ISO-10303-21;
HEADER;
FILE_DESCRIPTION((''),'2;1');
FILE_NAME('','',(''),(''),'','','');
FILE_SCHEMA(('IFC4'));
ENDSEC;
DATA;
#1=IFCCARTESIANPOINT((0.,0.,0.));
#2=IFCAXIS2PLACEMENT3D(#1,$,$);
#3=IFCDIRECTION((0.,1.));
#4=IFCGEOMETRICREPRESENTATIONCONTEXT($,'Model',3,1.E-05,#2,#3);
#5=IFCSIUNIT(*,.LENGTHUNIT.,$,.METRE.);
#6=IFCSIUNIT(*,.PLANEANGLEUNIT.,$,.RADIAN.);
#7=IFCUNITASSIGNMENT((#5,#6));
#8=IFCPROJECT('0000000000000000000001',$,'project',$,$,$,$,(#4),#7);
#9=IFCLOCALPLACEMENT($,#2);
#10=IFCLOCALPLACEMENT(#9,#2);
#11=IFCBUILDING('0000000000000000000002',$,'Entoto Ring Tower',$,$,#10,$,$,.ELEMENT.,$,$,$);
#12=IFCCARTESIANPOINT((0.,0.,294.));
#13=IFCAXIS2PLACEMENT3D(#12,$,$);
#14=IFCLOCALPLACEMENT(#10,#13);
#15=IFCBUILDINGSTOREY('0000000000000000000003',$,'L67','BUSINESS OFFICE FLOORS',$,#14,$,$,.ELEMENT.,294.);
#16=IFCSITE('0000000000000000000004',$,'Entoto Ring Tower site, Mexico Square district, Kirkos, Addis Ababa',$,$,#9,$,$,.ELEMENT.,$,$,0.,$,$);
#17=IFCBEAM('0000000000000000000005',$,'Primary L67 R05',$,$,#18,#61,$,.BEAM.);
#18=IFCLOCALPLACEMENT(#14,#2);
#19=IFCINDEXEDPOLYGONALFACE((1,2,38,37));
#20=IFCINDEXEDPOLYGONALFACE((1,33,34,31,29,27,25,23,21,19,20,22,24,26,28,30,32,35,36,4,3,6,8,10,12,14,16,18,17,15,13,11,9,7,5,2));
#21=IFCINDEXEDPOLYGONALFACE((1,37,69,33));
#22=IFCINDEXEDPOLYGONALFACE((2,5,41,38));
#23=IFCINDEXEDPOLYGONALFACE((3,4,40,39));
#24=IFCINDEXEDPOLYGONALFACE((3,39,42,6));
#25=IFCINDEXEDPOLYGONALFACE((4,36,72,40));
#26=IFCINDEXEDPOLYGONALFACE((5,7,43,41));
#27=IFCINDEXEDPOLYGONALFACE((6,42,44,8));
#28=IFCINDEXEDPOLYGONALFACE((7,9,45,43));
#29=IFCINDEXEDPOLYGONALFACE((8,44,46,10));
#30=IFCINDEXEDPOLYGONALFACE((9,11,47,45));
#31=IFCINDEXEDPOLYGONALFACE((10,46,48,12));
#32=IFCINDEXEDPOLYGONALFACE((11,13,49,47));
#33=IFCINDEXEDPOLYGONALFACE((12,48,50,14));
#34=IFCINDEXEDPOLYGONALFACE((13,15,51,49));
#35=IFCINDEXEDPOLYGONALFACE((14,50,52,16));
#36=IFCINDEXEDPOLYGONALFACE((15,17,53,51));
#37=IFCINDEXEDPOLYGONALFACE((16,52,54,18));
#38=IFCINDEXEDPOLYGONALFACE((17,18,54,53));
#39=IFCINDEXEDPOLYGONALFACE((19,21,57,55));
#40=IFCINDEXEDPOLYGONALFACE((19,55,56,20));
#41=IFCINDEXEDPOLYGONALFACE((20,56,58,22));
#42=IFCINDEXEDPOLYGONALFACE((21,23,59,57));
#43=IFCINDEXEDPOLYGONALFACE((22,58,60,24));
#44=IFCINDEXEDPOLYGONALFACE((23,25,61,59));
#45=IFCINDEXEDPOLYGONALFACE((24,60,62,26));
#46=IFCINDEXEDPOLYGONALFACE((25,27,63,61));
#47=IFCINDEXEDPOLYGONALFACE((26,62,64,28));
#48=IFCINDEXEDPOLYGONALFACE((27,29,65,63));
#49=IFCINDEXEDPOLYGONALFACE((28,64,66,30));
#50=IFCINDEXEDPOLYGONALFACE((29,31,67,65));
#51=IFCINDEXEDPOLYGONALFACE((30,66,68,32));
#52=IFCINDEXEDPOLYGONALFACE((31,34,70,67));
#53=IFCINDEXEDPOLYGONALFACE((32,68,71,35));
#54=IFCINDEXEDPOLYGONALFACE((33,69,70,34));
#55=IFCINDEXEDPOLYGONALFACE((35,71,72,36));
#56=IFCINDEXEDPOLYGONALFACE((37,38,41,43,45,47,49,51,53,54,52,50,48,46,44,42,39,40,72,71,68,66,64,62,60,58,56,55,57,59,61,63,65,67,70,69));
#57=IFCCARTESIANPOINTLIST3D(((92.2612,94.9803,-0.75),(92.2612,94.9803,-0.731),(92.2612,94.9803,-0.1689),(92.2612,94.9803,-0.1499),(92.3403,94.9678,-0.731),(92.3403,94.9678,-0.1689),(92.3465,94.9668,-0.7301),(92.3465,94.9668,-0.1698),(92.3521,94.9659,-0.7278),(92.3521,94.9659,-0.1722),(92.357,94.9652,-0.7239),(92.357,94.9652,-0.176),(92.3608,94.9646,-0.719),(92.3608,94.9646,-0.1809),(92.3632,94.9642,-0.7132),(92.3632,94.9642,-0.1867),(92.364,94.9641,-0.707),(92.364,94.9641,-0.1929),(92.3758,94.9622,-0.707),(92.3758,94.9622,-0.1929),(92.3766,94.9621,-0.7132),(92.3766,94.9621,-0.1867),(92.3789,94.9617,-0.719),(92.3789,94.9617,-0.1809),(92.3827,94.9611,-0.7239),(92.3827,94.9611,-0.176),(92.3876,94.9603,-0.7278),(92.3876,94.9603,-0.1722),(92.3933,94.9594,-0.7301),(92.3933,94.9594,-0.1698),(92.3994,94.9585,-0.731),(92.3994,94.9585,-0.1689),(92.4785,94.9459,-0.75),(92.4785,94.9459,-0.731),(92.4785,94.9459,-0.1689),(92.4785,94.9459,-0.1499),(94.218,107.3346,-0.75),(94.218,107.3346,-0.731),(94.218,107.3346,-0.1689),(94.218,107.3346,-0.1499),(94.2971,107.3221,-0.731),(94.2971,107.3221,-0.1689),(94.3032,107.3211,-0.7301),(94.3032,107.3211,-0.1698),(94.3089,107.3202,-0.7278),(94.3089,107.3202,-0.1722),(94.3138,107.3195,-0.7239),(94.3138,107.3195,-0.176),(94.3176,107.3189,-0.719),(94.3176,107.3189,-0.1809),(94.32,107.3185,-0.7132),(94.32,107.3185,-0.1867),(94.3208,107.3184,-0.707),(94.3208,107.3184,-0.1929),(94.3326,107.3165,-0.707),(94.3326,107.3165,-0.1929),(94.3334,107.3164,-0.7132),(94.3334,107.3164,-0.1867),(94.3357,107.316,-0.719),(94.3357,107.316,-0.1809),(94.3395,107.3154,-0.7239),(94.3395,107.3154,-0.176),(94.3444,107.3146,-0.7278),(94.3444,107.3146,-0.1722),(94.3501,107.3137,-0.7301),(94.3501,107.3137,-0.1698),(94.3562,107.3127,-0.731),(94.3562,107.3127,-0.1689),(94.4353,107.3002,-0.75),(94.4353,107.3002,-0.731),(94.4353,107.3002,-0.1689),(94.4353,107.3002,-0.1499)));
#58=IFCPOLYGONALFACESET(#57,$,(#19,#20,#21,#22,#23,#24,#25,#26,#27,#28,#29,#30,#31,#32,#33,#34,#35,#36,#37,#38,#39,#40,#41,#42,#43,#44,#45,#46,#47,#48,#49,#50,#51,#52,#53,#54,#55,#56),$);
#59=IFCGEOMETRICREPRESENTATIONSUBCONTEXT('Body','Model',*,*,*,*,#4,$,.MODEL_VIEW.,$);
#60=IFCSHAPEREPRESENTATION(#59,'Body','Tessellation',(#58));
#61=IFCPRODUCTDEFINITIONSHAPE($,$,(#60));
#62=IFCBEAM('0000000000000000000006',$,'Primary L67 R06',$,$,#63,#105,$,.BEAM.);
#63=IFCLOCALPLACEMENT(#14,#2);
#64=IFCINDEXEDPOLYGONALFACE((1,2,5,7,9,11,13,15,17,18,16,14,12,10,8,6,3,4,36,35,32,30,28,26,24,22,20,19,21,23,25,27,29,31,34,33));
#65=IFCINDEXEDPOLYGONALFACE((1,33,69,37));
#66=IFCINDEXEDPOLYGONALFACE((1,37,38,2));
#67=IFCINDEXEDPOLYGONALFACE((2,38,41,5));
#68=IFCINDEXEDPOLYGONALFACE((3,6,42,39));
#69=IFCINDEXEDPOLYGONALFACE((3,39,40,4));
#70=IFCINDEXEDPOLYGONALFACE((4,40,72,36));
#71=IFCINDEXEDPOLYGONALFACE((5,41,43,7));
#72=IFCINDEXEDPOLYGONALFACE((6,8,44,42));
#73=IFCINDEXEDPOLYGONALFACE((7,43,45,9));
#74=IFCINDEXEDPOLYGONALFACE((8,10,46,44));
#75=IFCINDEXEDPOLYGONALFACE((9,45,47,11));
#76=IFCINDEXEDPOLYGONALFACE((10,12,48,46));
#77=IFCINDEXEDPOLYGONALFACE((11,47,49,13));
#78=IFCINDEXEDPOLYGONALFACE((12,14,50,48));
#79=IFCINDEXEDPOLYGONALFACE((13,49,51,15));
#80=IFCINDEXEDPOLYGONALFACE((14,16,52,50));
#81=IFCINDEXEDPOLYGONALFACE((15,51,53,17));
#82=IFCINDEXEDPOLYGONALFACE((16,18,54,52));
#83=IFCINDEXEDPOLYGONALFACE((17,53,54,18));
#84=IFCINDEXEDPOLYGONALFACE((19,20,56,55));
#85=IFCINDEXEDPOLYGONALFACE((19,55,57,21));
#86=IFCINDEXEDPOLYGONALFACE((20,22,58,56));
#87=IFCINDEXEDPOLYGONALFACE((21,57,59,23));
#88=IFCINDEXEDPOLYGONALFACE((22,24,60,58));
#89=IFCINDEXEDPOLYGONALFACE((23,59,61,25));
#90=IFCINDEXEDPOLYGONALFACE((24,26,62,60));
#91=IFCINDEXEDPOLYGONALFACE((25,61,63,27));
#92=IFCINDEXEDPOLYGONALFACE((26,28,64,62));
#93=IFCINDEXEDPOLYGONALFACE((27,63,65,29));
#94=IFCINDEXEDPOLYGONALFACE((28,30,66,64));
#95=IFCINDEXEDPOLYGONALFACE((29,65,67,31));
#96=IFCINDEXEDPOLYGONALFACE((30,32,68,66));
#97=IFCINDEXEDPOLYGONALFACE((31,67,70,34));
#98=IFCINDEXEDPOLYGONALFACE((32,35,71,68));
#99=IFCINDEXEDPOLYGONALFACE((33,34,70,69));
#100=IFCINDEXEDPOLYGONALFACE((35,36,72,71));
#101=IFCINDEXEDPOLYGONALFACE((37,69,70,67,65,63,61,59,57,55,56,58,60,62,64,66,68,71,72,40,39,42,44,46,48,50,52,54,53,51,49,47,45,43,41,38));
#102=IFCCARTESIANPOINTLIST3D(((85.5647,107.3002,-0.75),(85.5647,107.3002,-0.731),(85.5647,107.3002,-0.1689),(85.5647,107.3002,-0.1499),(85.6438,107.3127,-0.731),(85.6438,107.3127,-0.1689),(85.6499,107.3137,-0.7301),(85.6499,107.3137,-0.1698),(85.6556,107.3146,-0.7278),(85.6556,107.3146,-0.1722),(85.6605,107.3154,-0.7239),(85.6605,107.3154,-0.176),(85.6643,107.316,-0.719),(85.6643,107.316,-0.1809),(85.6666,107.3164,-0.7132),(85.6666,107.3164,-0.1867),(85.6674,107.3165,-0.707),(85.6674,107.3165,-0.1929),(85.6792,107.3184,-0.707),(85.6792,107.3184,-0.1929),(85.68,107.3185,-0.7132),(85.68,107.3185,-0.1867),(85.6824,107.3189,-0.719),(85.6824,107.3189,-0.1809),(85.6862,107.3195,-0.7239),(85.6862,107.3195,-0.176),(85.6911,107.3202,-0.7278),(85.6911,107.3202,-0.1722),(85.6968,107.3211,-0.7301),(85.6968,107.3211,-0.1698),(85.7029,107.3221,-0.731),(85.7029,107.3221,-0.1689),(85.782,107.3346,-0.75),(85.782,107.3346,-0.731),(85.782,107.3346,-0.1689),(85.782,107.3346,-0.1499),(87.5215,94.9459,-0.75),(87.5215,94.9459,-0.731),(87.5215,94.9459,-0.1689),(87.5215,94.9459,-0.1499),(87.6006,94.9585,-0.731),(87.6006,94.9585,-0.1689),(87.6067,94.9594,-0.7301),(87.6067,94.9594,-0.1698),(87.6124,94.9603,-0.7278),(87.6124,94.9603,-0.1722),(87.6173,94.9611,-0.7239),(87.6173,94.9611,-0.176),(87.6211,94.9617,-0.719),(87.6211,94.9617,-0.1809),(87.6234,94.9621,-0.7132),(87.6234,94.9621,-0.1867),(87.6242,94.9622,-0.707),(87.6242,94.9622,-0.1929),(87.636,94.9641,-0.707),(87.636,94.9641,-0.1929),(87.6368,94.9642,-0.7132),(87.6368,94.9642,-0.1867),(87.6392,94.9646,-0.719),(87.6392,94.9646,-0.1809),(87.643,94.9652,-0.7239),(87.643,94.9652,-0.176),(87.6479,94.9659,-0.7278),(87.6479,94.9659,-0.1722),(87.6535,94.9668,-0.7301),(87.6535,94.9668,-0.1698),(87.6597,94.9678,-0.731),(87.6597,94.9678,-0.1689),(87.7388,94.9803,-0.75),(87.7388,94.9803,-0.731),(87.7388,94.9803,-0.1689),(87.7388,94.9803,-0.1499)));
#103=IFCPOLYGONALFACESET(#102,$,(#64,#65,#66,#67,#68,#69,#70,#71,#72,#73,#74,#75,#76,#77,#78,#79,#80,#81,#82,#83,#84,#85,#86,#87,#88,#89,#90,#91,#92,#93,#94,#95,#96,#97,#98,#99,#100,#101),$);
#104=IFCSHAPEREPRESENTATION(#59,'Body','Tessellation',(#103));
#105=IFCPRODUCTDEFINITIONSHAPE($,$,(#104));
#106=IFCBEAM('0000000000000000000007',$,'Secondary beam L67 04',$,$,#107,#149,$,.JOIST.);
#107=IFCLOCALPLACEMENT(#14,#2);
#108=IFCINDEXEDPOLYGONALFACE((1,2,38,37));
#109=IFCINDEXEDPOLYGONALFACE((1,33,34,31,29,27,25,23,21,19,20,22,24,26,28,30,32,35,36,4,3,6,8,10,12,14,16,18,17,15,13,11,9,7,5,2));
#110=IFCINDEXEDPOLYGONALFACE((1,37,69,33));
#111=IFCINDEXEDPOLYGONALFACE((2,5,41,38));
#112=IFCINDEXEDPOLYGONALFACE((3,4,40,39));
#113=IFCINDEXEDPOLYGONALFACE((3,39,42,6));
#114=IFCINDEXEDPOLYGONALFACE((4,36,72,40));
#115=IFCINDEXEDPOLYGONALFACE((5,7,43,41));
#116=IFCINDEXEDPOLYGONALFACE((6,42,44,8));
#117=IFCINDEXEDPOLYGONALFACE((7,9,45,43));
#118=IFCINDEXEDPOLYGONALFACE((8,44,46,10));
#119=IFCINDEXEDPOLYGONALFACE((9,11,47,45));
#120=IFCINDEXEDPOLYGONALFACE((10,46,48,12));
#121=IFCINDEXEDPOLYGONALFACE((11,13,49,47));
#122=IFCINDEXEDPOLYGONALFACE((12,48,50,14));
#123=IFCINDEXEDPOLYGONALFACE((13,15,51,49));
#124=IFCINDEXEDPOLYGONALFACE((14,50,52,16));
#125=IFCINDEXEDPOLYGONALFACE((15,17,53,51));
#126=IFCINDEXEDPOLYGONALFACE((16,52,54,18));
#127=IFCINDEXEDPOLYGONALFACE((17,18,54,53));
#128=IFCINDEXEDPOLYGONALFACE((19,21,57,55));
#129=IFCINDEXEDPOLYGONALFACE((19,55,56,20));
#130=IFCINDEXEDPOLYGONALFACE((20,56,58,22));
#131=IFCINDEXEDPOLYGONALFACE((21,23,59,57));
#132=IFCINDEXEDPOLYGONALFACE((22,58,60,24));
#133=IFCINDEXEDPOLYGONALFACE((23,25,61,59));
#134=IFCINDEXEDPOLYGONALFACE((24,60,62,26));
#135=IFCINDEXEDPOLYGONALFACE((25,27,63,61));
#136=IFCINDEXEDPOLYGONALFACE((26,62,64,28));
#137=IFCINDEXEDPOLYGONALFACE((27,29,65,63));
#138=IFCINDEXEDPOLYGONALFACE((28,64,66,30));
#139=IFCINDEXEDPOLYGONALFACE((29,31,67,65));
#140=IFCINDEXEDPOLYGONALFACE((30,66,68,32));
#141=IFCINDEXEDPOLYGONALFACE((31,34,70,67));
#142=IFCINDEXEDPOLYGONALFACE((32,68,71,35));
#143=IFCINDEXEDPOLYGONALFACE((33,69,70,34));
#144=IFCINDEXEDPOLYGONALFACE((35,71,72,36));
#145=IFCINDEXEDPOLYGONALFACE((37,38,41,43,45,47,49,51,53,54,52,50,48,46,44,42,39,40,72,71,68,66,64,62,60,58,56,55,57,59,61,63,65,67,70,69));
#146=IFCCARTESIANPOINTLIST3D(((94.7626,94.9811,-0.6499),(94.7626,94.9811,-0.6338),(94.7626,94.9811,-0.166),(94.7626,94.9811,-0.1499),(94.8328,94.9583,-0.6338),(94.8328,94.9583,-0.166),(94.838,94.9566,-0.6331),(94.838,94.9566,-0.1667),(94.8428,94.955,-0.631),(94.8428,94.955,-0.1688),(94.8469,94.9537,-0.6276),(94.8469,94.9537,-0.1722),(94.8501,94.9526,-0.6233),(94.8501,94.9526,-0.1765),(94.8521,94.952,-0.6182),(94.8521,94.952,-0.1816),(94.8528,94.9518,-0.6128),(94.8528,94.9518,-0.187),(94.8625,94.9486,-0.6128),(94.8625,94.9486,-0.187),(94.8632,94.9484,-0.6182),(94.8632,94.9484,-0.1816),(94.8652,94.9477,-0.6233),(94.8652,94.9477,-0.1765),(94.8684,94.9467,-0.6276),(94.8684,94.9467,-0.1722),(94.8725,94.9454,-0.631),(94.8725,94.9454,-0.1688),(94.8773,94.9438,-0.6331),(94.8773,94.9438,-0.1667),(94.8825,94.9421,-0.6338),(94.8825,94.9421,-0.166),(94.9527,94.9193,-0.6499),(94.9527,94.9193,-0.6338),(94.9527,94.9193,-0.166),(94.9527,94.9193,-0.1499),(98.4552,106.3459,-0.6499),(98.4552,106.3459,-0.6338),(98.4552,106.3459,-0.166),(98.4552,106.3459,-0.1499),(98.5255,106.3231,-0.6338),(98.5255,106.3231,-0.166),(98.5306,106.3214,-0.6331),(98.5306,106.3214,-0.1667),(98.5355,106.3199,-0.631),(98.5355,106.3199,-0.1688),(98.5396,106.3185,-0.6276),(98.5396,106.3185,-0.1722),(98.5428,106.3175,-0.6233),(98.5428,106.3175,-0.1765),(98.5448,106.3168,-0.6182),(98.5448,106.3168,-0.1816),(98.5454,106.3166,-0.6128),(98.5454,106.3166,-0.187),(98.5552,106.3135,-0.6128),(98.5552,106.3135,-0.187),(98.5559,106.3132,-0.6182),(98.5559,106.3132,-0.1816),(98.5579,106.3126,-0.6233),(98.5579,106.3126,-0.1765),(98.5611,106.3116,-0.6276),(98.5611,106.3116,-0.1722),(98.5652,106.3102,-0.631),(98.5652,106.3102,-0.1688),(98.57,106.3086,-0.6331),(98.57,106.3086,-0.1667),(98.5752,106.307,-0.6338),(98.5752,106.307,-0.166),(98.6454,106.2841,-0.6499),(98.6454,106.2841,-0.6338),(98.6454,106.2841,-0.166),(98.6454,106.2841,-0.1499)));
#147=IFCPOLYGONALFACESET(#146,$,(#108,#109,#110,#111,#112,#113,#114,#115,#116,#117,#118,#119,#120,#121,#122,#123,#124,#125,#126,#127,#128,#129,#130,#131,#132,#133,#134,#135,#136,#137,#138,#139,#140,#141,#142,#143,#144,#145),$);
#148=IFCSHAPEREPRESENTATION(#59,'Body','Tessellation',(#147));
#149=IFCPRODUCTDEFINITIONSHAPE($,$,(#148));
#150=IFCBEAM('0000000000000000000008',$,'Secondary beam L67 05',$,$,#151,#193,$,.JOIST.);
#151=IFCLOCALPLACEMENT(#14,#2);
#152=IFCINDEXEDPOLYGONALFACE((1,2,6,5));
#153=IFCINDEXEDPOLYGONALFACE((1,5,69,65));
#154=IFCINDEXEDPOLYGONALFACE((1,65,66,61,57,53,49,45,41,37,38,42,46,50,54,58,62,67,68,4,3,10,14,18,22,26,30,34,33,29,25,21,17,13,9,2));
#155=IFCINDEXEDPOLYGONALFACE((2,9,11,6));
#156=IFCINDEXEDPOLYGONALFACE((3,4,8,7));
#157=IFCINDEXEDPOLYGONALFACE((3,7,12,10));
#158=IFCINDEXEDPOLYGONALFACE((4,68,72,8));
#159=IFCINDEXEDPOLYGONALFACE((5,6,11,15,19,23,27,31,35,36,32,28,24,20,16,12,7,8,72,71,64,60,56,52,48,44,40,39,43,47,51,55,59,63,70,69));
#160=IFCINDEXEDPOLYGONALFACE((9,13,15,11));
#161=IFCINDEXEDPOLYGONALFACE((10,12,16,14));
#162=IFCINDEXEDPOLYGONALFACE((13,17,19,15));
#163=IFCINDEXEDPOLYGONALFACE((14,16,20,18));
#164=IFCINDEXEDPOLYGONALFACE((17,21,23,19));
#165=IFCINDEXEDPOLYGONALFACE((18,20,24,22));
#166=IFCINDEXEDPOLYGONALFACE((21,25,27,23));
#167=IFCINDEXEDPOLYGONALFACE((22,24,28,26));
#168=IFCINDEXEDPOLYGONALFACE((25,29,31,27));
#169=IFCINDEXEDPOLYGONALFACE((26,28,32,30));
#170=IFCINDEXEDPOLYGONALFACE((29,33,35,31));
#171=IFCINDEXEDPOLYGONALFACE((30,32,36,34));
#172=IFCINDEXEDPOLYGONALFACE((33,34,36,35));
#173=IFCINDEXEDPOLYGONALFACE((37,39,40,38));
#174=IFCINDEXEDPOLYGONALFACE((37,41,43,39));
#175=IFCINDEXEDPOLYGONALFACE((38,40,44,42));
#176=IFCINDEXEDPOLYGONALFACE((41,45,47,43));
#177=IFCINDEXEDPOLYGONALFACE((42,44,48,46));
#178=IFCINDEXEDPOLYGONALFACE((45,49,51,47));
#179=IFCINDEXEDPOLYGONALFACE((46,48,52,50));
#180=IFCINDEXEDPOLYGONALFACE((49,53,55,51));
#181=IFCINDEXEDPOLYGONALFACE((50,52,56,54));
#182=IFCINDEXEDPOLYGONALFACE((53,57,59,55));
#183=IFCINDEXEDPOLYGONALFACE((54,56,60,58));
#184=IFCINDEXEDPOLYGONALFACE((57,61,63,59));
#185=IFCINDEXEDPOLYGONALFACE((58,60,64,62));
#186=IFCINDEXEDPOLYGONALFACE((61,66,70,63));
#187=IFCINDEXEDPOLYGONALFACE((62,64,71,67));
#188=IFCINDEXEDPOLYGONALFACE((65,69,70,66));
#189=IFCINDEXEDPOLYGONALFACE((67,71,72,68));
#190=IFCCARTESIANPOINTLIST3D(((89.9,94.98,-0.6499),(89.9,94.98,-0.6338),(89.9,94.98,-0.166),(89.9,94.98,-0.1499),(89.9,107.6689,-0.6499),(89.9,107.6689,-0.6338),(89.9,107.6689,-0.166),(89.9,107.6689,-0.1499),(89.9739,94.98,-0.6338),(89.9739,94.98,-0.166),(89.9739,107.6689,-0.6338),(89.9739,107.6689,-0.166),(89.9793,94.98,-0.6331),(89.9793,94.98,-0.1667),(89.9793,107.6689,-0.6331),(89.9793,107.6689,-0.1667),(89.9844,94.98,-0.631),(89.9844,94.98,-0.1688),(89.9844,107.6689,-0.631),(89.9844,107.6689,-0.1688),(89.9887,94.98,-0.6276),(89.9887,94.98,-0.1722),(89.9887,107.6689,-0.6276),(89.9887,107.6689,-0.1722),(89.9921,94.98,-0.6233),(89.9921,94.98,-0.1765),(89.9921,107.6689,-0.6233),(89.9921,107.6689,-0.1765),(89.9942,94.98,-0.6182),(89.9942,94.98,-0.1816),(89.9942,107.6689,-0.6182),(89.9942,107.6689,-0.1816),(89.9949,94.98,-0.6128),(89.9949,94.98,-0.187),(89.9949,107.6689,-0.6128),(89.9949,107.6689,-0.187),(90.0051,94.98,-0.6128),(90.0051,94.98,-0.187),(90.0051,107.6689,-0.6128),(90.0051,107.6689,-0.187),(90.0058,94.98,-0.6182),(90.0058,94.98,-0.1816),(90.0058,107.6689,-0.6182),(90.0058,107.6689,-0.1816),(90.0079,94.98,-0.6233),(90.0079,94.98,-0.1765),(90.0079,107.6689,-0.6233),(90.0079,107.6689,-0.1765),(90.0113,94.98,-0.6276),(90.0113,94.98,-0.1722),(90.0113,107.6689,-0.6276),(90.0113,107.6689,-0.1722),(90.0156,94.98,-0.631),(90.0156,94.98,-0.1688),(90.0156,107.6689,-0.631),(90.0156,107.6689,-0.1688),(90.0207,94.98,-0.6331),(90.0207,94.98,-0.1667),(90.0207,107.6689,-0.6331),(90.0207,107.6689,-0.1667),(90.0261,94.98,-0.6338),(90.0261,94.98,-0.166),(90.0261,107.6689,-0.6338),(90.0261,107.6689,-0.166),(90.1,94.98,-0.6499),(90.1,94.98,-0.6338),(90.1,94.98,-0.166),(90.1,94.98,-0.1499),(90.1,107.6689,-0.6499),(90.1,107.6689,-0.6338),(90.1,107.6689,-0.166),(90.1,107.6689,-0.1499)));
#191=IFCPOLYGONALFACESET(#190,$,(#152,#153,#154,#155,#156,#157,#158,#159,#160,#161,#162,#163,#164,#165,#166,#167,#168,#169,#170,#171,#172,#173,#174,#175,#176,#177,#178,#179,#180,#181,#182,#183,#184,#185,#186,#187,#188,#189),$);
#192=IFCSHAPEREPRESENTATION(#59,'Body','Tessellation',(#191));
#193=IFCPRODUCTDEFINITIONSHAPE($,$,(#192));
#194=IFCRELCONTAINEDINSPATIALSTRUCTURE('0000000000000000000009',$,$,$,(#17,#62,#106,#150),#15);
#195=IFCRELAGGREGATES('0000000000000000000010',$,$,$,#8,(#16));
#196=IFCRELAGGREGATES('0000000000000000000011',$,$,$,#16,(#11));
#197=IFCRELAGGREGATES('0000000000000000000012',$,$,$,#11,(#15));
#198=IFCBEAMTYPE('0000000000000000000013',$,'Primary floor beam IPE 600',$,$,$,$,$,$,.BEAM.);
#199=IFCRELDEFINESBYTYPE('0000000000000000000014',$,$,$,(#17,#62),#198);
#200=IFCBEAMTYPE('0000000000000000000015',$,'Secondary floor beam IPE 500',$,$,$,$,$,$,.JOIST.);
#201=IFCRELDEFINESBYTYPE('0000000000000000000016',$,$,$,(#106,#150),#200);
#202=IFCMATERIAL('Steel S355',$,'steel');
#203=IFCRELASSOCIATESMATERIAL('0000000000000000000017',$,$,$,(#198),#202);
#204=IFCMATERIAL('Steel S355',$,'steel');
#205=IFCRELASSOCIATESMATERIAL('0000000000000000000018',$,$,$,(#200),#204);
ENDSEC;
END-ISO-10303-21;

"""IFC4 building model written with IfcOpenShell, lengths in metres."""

from ifc_helpers import new_model, si_unit, direction, frame, origin, origin_2d, place, context, subcontext, project, spatial, i_section, extrude, material, material_profile, profile_set, type_object, element, save


model = new_model("IFC4")

# Units and contexts
model_context = context("Model", 3, precision=1e-05, world=origin(), true_north=direction((0.0, 1.0)))
body_context = subcontext(model_context, "Body", "Model", "MODEL_VIEW")
ifc_project = project(units=[si_unit("LENGTHUNIT", "METRE"), si_unit("PLANEANGLEUNIT", "RADIAN")], contexts=[model_context])

# Site, building, storey
site_placement = place(None, origin())
site = spatial("IfcSite", under=ifc_project, at=site_placement, Name="Entoto Ring Tower site, Mexico Square district, Kirkos, Addis Ababa", CompositionType="ELEMENT", RefElevation=0.0)
building_placement = place(site_placement, origin())
building = spatial("IfcBuilding", under=site, at=building_placement, Name="Entoto Ring Tower", CompositionType="ELEMENT")
storey_placement = place(building_placement, frame((0.0, 0.0, 294.0)))
storey = spatial("IfcBuildingStorey", under=building, at=storey_placement, Name="L67", Description="BUSINESS OFFICE FLOORS", CompositionType="ELEMENT", Elevation=294.0)

# Beams
ifc_material_1 = material(Name="Steel S355", Category="steel")
ifc_material_profile_1 = material_profile(ifc_material_1, i_section(OverallWidth=0.22, OverallDepth=0.6001, WebThickness=0.012, FlangeThickness=0.019, FilletRadius=0.0239, at=origin_2d()), Name="IPE 600")
ifc_profile_set_1 = profile_set([ifc_material_profile_1], Name="Steel S355")
beam_type_1 = type_object("IfcBeamType", Name="Primary floor beam IPE 600", PredefinedType="BEAM", material=ifc_profile_set_1)
for number, where, z_axis, x_axis, name in (
    (1, (92.3699, 94.9631, -0.45), (0.15644, 0.987688, 0.0), (-0.987688, 0.15644, 0.0), "Primary L67 R05"),
    (2, (87.6301, 94.9631, -0.45), (-0.15644, 0.987688, 0.0), (-0.987688, -0.15644, 0.0), "Primary L67 R06"),
):
    element("IfcBeam", number, at=place(storey_placement, frame(where, z_axis=z_axis, x_axis=x_axis)), inside=storey, type_object=beam_type_1, Name=name, PredefinedType="BEAM", context=body_context, shape_type="SweptSolid", body=[
        extrude(i_section(OverallWidth=0.22, OverallDepth=0.6001, WebThickness=0.012, FlangeThickness=0.019, FilletRadius=0.0239, at=origin_2d()), origin(), (0.0, 0.0, 1.0), 12.5083),
    ])
ifc_material_2 = material(Name="Steel S355", Category="steel")
ifc_material_profile_2 = material_profile(ifc_material_2, i_section(OverallWidth=0.2, OverallDepth=0.5, WebThickness=0.0103, FlangeThickness=0.0161, FilletRadius=0.021, at=origin_2d()), Name="IPE 500")
ifc_profile_set_2 = profile_set([ifc_material_profile_2], Name="Steel S355")
beam_type_2 = type_object("IfcBeamType", Name="Secondary floor beam IPE 500", PredefinedType="JOIST", material=ifc_profile_set_2)
beam_1_placement = place(storey_placement, frame((94.8577, 94.9502, -0.3999), z_axis=(0.309017, 0.951057, 0.0), x_axis=(-0.951057, 0.309017, 0.0)))
element("IfcBeam", 3, at=beam_1_placement, inside=storey, type_object=beam_type_2, Name="Secondary beam L67 04", PredefinedType="JOIST", context=body_context, shape_type="SweptSolid", body=[
    extrude(i_section(OverallWidth=0.2, OverallDepth=0.5, WebThickness=0.0103, FlangeThickness=0.0161, FilletRadius=0.021, at=origin_2d()), origin(), (0.0, 0.0, 1.0), 11.9497),
])
beam_2_placement = place(storey_placement, frame((90.0, 94.98, -0.3999), z_axis=(0.0, 1.0, 0.0), x_axis=(-1.0, 0.0, 0.0)))
element("IfcBeam", 4, at=beam_2_placement, inside=storey, type_object=beam_type_2, Name="Secondary beam L67 05", PredefinedType="JOIST", context=body_context, shape_type="SweptSolid", body=[
    extrude(i_section(OverallWidth=0.2, OverallDepth=0.5, WebThickness=0.0103, FlangeThickness=0.0161, FilletRadius=0.021, at=origin_2d()), origin(), (0.0, 0.0, 1.0), 12.689),
])

save(model, "model.ifc")
